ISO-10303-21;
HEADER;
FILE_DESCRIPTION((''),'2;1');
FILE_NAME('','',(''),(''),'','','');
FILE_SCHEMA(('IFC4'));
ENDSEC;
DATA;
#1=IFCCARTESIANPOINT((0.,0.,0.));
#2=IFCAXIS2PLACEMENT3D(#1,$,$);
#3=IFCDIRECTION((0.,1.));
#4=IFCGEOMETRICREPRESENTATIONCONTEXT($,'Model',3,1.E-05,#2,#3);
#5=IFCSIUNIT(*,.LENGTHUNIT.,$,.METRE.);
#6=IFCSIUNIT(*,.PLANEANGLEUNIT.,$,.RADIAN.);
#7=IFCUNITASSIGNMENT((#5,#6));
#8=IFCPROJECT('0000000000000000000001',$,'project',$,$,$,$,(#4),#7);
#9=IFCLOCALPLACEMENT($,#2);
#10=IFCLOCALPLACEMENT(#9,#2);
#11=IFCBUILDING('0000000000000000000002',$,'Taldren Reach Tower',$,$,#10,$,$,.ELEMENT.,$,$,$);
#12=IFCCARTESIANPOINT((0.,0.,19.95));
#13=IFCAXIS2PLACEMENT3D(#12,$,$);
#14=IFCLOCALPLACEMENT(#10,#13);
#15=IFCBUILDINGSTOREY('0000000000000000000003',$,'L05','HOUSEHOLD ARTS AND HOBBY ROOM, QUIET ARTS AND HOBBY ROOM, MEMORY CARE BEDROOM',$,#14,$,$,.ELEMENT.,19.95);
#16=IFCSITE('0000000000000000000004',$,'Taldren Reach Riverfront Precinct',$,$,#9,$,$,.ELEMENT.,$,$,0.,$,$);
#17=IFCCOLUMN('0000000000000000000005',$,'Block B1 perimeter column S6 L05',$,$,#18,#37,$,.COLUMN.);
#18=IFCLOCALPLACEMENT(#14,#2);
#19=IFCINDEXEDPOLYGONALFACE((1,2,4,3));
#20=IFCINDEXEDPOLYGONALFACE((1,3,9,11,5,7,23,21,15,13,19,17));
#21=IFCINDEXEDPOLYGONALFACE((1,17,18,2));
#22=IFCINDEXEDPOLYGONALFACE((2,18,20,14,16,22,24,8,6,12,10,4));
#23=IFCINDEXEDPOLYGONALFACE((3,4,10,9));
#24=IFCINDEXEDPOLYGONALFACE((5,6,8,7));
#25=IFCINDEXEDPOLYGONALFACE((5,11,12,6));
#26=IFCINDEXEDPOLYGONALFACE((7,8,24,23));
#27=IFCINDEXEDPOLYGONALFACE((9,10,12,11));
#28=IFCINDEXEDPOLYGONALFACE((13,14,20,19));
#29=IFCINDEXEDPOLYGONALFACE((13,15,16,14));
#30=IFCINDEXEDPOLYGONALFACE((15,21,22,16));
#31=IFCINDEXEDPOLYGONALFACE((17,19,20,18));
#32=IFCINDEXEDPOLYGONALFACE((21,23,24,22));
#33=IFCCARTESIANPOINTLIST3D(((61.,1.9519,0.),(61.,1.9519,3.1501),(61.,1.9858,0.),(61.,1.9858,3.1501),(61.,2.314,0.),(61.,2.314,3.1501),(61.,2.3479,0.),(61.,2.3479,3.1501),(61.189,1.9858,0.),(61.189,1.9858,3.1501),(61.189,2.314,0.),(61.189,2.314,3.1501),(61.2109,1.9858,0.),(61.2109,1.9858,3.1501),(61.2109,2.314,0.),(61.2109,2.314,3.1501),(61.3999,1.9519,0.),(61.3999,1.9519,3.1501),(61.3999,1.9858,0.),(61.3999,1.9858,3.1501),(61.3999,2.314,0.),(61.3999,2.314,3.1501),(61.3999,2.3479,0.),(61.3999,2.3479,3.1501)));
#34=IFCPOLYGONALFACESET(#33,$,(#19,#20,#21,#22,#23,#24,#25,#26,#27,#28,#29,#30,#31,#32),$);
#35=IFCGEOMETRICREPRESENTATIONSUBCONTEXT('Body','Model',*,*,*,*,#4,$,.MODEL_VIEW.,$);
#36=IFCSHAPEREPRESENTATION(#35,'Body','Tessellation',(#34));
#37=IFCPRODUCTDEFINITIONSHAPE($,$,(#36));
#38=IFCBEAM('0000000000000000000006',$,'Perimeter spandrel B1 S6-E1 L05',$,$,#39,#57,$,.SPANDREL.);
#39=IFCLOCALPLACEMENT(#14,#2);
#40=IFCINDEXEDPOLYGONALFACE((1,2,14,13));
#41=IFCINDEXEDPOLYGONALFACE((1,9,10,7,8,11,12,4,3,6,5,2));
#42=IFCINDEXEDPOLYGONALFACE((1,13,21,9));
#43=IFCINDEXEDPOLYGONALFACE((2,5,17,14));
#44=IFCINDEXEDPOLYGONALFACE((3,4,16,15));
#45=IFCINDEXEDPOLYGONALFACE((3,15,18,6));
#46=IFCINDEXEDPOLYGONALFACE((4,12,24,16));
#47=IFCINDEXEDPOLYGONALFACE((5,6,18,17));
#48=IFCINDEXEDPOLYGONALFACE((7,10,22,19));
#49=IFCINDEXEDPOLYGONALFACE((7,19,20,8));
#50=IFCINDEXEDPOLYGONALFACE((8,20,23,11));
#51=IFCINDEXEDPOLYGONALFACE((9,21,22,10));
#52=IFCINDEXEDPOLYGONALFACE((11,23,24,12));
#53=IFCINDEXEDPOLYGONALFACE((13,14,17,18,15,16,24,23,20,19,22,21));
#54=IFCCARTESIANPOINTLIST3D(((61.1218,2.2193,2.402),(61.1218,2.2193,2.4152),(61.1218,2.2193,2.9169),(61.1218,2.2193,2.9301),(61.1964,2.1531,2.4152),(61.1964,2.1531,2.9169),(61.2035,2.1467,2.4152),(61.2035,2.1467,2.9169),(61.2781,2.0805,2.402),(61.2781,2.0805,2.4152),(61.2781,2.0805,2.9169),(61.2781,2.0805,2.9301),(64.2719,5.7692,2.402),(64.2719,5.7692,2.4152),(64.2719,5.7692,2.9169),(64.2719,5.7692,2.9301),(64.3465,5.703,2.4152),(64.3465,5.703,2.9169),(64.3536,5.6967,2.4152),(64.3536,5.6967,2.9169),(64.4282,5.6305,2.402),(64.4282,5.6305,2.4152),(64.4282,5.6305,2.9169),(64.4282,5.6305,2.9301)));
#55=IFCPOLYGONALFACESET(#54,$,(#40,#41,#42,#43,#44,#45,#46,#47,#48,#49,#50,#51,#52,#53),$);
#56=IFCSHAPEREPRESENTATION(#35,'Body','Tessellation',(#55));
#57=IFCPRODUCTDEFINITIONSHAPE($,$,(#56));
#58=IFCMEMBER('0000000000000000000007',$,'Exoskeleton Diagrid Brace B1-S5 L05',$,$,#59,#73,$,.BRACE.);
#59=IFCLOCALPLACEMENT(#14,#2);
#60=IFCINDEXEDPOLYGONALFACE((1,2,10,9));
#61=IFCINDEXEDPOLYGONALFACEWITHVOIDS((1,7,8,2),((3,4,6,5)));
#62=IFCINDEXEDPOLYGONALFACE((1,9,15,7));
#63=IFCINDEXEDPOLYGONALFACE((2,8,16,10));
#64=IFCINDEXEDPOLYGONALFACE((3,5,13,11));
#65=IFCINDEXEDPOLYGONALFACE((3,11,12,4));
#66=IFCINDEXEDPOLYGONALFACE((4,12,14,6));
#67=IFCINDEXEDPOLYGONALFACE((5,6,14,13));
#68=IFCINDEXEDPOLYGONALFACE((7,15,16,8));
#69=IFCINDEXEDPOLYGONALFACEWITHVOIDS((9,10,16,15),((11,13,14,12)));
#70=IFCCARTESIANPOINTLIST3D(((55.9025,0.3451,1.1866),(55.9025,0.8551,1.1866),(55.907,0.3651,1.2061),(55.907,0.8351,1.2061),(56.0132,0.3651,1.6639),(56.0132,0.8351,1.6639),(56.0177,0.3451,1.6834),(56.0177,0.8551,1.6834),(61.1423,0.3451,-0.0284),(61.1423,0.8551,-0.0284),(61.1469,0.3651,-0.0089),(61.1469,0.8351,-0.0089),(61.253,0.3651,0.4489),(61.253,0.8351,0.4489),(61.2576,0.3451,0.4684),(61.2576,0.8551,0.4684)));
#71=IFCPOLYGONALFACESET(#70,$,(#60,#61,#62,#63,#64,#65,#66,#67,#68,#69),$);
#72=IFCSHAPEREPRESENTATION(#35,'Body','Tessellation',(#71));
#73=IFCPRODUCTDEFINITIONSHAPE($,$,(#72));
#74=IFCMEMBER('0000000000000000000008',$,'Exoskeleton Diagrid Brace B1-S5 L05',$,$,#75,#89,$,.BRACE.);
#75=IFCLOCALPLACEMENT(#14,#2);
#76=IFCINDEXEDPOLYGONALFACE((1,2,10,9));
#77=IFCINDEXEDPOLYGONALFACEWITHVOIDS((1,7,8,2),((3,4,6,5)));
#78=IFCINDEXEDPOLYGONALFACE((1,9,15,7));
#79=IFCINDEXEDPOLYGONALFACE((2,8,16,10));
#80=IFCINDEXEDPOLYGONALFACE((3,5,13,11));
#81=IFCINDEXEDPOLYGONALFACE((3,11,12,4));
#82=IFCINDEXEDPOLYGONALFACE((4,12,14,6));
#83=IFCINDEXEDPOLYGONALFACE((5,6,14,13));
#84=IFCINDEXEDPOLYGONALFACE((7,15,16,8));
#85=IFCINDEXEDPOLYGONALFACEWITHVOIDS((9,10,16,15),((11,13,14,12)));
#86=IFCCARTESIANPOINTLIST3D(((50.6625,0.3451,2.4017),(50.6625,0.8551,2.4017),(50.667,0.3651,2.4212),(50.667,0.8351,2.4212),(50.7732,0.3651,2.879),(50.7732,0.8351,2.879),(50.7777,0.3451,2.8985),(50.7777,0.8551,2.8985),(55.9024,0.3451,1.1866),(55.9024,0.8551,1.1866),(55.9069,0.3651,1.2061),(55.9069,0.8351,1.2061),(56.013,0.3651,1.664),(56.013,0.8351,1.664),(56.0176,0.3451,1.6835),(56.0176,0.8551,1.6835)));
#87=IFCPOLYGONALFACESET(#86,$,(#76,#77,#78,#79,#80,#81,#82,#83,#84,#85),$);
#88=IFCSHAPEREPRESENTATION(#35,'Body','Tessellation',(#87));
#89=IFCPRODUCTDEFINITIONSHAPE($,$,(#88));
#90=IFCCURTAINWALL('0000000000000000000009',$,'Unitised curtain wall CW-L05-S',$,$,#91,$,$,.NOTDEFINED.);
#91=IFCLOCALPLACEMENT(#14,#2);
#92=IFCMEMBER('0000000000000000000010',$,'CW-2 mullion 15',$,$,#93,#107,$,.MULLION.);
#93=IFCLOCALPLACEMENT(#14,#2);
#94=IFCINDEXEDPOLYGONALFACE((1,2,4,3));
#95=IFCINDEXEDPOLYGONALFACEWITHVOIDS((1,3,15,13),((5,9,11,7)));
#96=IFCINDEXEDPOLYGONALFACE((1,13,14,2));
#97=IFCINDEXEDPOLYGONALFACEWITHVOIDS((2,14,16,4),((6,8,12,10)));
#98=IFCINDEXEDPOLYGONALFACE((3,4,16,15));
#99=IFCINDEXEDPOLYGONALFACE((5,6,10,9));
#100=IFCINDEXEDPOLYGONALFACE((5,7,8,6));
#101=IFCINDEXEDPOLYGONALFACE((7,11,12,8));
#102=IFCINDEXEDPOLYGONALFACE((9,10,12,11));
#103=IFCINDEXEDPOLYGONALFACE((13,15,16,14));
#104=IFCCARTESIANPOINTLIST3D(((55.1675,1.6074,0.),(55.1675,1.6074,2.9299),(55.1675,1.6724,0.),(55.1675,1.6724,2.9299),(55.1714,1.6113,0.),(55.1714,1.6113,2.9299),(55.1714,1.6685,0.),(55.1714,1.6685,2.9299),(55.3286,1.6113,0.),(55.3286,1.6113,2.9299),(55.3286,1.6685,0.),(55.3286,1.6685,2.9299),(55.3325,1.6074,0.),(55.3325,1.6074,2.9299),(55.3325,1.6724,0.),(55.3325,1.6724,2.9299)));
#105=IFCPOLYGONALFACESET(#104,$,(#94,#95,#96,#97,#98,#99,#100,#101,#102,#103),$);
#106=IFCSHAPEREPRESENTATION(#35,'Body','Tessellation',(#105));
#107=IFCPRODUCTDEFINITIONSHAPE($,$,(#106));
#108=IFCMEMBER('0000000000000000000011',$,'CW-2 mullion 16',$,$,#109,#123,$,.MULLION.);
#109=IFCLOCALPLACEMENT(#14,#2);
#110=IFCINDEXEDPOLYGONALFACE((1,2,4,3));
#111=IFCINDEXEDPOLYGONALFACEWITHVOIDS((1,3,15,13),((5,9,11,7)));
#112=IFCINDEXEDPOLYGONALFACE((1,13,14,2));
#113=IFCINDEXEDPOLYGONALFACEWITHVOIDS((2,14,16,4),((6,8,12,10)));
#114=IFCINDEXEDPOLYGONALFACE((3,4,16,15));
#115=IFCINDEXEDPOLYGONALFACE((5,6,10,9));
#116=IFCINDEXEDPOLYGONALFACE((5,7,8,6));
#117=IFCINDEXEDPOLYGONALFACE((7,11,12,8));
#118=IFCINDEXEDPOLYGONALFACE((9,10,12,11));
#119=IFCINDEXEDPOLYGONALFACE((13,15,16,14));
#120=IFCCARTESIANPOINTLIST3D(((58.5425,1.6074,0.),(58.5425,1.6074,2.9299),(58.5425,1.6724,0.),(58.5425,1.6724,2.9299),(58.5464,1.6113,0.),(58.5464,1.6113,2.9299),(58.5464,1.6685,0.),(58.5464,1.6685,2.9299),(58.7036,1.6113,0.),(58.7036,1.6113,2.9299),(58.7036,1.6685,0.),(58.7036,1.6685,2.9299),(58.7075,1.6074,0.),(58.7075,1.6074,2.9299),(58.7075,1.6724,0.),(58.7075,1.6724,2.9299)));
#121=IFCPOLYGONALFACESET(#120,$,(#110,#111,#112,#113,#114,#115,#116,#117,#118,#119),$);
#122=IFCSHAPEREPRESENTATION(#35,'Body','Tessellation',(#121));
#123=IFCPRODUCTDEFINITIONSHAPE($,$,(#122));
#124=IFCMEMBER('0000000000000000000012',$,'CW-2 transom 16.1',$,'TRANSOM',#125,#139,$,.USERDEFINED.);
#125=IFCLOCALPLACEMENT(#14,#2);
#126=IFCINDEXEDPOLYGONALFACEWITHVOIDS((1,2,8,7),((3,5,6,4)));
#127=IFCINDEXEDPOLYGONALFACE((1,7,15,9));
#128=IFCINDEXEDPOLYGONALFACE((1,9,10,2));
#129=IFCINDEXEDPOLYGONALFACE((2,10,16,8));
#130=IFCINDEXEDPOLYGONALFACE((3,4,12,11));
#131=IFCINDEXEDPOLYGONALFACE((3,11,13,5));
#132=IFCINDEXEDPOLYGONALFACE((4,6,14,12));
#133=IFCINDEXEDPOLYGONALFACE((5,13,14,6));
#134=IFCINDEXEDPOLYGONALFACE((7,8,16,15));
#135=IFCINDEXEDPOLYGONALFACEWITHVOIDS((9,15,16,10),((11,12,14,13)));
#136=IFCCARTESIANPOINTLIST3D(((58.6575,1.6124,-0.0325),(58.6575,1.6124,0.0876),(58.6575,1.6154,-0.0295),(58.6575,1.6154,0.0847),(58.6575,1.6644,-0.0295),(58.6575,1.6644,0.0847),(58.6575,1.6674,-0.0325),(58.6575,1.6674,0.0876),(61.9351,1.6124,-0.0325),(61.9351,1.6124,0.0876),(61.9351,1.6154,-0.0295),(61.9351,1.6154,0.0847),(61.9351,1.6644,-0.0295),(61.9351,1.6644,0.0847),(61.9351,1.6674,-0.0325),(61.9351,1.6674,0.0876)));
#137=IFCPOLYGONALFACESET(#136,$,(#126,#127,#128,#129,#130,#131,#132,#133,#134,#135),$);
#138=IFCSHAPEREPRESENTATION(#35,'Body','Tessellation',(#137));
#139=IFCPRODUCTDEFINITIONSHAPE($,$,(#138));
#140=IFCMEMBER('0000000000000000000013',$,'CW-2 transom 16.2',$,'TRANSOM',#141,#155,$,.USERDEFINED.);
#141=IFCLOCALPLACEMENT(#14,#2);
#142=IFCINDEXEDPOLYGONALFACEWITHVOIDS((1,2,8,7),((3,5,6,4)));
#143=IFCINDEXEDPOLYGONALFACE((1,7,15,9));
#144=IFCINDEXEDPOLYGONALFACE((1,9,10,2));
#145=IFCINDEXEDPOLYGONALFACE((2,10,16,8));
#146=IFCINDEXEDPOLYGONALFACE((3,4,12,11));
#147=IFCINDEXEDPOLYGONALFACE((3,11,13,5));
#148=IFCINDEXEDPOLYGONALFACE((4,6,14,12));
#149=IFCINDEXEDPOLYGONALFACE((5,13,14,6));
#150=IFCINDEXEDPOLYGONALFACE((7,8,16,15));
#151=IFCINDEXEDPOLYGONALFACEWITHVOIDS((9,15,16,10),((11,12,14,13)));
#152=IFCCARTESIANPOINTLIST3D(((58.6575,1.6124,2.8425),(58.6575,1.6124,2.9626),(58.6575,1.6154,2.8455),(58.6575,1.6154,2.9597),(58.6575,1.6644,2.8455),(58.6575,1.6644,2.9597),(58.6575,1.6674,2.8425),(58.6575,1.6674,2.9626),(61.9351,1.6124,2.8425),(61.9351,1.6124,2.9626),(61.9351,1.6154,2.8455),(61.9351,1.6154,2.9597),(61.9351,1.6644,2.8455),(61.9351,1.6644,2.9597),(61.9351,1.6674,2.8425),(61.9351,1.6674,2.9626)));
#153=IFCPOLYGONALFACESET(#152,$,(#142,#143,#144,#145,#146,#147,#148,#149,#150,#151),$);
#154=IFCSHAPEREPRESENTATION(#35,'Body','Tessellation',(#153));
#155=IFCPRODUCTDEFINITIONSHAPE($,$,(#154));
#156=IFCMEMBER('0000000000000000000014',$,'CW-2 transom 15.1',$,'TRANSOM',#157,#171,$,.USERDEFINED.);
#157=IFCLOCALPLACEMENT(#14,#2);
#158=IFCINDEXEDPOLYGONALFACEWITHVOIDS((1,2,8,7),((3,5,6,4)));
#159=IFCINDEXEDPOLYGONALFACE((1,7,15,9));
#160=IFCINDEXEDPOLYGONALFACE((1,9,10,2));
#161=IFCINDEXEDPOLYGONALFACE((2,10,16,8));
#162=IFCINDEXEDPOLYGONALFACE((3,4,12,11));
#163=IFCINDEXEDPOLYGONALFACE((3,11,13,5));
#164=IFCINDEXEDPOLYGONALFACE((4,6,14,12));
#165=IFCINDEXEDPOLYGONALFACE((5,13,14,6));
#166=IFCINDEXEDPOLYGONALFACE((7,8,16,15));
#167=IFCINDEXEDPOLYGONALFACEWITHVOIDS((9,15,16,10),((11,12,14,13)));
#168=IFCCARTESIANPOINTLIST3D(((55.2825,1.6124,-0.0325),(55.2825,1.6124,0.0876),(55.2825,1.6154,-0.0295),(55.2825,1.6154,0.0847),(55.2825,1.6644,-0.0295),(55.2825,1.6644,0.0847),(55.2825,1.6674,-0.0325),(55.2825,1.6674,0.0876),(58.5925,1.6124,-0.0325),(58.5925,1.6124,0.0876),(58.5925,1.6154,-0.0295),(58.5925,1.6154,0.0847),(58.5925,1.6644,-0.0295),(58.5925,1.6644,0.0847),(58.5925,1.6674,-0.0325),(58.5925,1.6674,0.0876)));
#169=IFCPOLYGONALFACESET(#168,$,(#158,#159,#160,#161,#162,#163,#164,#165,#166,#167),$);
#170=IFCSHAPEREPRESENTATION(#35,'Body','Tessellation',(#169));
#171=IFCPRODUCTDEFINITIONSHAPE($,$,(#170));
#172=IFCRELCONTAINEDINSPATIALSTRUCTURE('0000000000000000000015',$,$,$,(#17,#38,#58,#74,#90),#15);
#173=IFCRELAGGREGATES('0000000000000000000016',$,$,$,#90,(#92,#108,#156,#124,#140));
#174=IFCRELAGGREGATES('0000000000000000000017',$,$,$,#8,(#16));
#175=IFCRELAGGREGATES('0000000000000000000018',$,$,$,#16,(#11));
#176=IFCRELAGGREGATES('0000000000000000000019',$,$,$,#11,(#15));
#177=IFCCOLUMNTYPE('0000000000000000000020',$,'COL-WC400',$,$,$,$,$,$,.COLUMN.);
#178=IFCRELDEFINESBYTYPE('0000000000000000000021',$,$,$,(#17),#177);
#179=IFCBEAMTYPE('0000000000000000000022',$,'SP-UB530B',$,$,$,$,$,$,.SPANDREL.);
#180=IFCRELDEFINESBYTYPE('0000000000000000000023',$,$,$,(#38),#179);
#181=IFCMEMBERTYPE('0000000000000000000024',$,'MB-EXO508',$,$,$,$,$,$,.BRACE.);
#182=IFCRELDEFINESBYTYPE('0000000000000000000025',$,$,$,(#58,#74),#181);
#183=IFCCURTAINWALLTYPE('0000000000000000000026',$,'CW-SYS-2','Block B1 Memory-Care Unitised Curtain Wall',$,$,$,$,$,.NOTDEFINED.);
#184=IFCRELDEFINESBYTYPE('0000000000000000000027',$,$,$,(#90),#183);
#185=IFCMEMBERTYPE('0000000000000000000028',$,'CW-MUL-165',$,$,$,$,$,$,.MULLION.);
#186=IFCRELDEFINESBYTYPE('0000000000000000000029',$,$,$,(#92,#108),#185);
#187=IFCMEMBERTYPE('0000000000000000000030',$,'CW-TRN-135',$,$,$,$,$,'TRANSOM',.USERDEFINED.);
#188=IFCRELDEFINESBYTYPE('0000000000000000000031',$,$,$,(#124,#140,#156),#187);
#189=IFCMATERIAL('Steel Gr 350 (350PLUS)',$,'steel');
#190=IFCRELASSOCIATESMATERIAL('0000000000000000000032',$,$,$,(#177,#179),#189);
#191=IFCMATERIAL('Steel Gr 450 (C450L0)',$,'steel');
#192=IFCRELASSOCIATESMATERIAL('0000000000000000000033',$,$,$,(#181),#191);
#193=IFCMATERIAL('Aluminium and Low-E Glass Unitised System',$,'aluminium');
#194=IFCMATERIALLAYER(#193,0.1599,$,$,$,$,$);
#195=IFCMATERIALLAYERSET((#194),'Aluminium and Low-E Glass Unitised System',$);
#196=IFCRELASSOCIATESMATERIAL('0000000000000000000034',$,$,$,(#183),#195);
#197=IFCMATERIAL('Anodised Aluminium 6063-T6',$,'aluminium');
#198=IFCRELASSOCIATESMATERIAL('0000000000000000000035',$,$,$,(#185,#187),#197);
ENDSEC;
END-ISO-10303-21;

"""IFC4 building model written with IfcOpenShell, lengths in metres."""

from ifc_helpers import new_model, si_unit, direction, frame, origin, origin_2d, place, context, subcontext, project, spatial, hollow_rectangle, i_section, extrude, source, transform, mapped, material, layer, layer_set, material_profile, profile_set, type_object, element, aggregate, save


model = new_model("IFC4")

# Units and contexts
model_context = context("Model", 3, precision=1e-05, world=origin(), true_north=direction((0.0, 1.0)))
body_context = subcontext(model_context, "Body", "Model", "MODEL_VIEW")
ifc_project = project(units=[si_unit("LENGTHUNIT", "METRE"), si_unit("PLANEANGLEUNIT", "RADIAN")], contexts=[model_context])

# Site, building, storey
site_placement = place(None, origin())
site = spatial("IfcSite", under=ifc_project, at=site_placement, Name="Taldren Reach Riverfront Precinct", CompositionType="ELEMENT", RefElevation=0.0)
building_placement = place(site_placement, origin())
building = spatial("IfcBuilding", under=site, at=building_placement, Name="Taldren Reach Tower", CompositionType="ELEMENT")
storey_placement = place(building_placement, frame((0.0, 0.0, 19.95)))
storey = spatial("IfcBuildingStorey", under=building, at=storey_placement, Name="L05", Description="HOUSEHOLD ARTS AND HOBBY ROOM, QUIET ARTS AND HOBBY ROOM, MEMORY CARE BEDROOM", CompositionType="ELEMENT", Elevation=19.95)

# Column
ifc_material_1 = material(Name="Steel Gr 350 (350PLUS)", Category="steel")
ifc_material_profile_1 = material_profile(ifc_material_1, i_section(OverallWidth=0.3999, OverallDepth=0.396, WebThickness=0.022, FlangeThickness=0.0339, at=origin_2d()), Name="400WC270")
ifc_profile_set_1 = profile_set([ifc_material_profile_1], Name="Steel Gr 350 (350PLUS)")
column_type = type_object("IfcColumnType", Name="COL-WC400", PredefinedType="COLUMN", material=ifc_profile_set_1)
shared_shape_1 = source(origin(), body_context, "Body", "SweptSolid", [
    extrude(i_section(OverallWidth=0.3999, OverallDepth=0.396, WebThickness=0.022, FlangeThickness=0.0339, at=origin_2d()), origin(), (0.0, 0.0, 1.0), 3.1501),
])
column_placement = place(storey_placement, frame((61.2, 2.1499, 0.0), z_axis=(0.0, 0.0, 1.0), x_axis=(1.0, 0.0, 0.0)))
element("IfcColumn", 1, at=column_placement, inside=storey, type_object=column_type, Name="Block B1 perimeter column S6 L05", PredefinedType="COLUMN", context=body_context, shape_type="MappedRepresentation", body=[
    mapped(shared_shape_1, transform((0.0, 0.0, 0.0), scale=1.0)),
])

# Beam
ifc_material_profile_2 = material_profile(ifc_material_1, i_section(OverallWidth=0.209, OverallDepth=0.5281, WebThickness=0.0095, FlangeThickness=0.0132, at=origin_2d()), Name="530UB82.0")
ifc_profile_set_2 = profile_set([ifc_material_profile_2], Name="Steel Gr 350 (350PLUS)")
beam_type = type_object("IfcBeamType", Name="SP-UB530B", PredefinedType="SPANDREL", material=ifc_profile_set_2)
shared_shape_2 = source(origin(), body_context, "Body", "SweptSolid", [
    extrude(i_section(OverallWidth=0.209, OverallDepth=0.5281, WebThickness=0.0095, FlangeThickness=0.0132, at=origin_2d()), origin(), (0.0, 0.0, 1.0), 4.7461),
])
beam_placement = place(storey_placement, frame((61.2, 2.1499, 2.666), z_axis=(0.663722, 0.747979, 0.0), x_axis=(-0.747979, 0.663722, 0.0)))
element("IfcBeam", 2, at=beam_placement, inside=storey, type_object=beam_type, Name="Perimeter spandrel B1 S6-E1 L05", PredefinedType="SPANDREL", context=body_context, shape_type="MappedRepresentation", body=[
    mapped(shared_shape_2, transform((0.0, 0.0, 0.0), scale=1.0)),
])

# Members
ifc_material_2 = material(Name="Steel Gr 450 (C450L0)", Category="steel")
ifc_material_profile_3 = material_profile(ifc_material_2, hollow_rectangle(XDim=0.51, YDim=0.51, WallThickness=0.02, at=origin_2d()), Name="510x510x20.0SHS")
ifc_profile_set_3 = profile_set([ifc_material_profile_3], Name="Steel Gr 450 (C450L0)")
member_type_1 = type_object("IfcMemberType", Name="MB-EXO508", PredefinedType="BRACE", material=ifc_profile_set_3)
shared_shape_3 = source(origin(), body_context, "Body", "SweptSolid", [
    extrude(hollow_rectangle(XDim=0.51, YDim=0.51, WallThickness=0.02, at=origin_2d()), origin(), (0.0, 0.0, 1.0), 5.3789),
])
for number, where, z_axis, x_axis, name in (
    (3, (61.2, 0.6001, 0.22), (-0.974152, 0.0, 0.225894), (0.0, -1.0, 0.0), "Exoskeleton Diagrid Brace B1-S5 L05"),
    (4, (55.96, 0.6001, 1.4351), (-0.974152, 0.0, 0.225894), (0.0, -1.0, 0.0), "Exoskeleton Diagrid Brace B1-S5 L05"),
):
    element("IfcMember", number, at=place(storey_placement, frame(where, z_axis=z_axis, x_axis=x_axis)), inside=storey, type_object=member_type_1, Name=name, PredefinedType="BRACE", context=body_context, shape_type="MappedRepresentation", body=[
        mapped(shared_shape_3, transform((0.0, 0.0, 0.0), scale=1.0)),
    ])

# Curtain wall, members
ifc_material_3 = material(Name="Aluminium and Low-E Glass Unitised System", Category="aluminium")
ifc_layer_1 = layer(ifc_material_3, 0.1599)
ifc_layer_set_1 = layer_set([ifc_layer_1], Name="Aluminium and Low-E Glass Unitised System")
curtain_wall_type = type_object("IfcCurtainWallType", Name="CW-SYS-2", Description="Block B1 Memory-Care Unitised Curtain Wall", PredefinedType="NOTDEFINED", material=ifc_layer_set_1)
curtain_wall_placement = place(storey_placement, origin())
curtain_wall = element("IfcCurtainWall", 5, at=curtain_wall_placement, inside=storey, type_object=curtain_wall_type, Name="Unitised curtain wall CW-L05-S", PredefinedType="NOTDEFINED")
ifc_material_4 = material(Name="Anodised Aluminium 6063-T6", Category="aluminium")
ifc_material_profile_4 = material_profile(ifc_material_4, hollow_rectangle(XDim=0.0649, YDim=0.165, WallThickness=0.0039, at=origin_2d()), Name="ALU-165x65x4RHS")
ifc_profile_set_4 = profile_set([ifc_material_profile_4], Name="Anodised Aluminium 6063-T6")
member_type_2 = type_object("IfcMemberType", Name="CW-MUL-165", PredefinedType="MULLION", material=ifc_profile_set_4)
shared_shape_4 = source(origin(), body_context, "Body", "SweptSolid", [
    extrude(hollow_rectangle(XDim=0.0649, YDim=0.165, WallThickness=0.0039, at=origin_2d()), origin(), (0.0, 0.0, 1.0), 2.9299),
])
member_1_placement = place(storey_placement, frame((55.25, 1.6399, 0.0), z_axis=(0.0, 0.0, 1.0), x_axis=(0.0, 1.0, 0.0)))
member_1 = element("IfcMember", 6, at=member_1_placement, type_object=member_type_2, Name="CW-2 mullion 15", PredefinedType="MULLION", context=body_context, shape_type="MappedRepresentation", body=[
    mapped(shared_shape_4, transform((0.0, 0.0, 0.0), scale=1.0)),
])
member_2_placement = place(storey_placement, frame((58.625, 1.6399, 0.0), z_axis=(0.0, 0.0, 1.0), x_axis=(0.0, 1.0, 0.0)))
member_2 = element("IfcMember", 7, at=member_2_placement, type_object=member_type_2, Name="CW-2 mullion 16", PredefinedType="MULLION", context=body_context, shape_type="MappedRepresentation", body=[
    mapped(shared_shape_4, transform((0.0, 0.0, 0.0), scale=1.0)),
])
ifc_material_profile_5 = material_profile(ifc_material_4, hollow_rectangle(XDim=0.0549, YDim=0.1201, WallThickness=0.0029, at=origin_2d()), Name="ALU-120x55x3RHS")
ifc_profile_set_5 = profile_set([ifc_material_profile_5], Name="Anodised Aluminium 6063-T6")
member_type_3 = type_object("IfcMemberType", Name="CW-TRN-135", ElementType="TRANSOM", PredefinedType="USERDEFINED", material=ifc_profile_set_5)
shared_shape_5 = source(origin(), body_context, "Body", "SweptSolid", [
    extrude(hollow_rectangle(XDim=0.0549, YDim=0.1201, WallThickness=0.0029, at=origin_2d()), origin(), (0.0, 0.0, 1.0), 3.2776),
])
member_3_placement = place(storey_placement, frame((58.6575, 1.6399, 0.0276), z_axis=(1.0, 0.0, 0.0), x_axis=(0.0, 1.0, 0.0)))
member_3 = element("IfcMember", 8, at=member_3_placement, type_object=member_type_3, Name="CW-2 transom 16.1", ObjectType="TRANSOM", PredefinedType="USERDEFINED", context=body_context, shape_type="MappedRepresentation", body=[
    mapped(shared_shape_5, transform((0.0, 0.0, 0.0), scale=1.0)),
])
member_4_placement = place(storey_placement, frame((58.6575, 1.6399, 2.9026), z_axis=(1.0, 0.0, 0.0), x_axis=(0.0, 1.0, 0.0)))
member_4 = element("IfcMember", 9, at=member_4_placement, type_object=member_type_3, Name="CW-2 transom 16.2", ObjectType="TRANSOM", PredefinedType="USERDEFINED", context=body_context, shape_type="MappedRepresentation", body=[
    mapped(shared_shape_5, transform((0.0, 0.0, 0.0), scale=1.0)),
])
shared_shape_6 = source(origin(), body_context, "Body", "SweptSolid", [
    extrude(hollow_rectangle(XDim=0.0549, YDim=0.1201, WallThickness=0.0029, at=origin_2d()), origin(), (0.0, 0.0, 1.0), 3.3101),
])
member_5_placement = place(storey_placement, frame((55.2825, 1.6399, 0.0276), z_axis=(1.0, 0.0, 0.0), x_axis=(0.0, 1.0, 0.0)))
member_5 = element("IfcMember", 10, at=member_5_placement, type_object=member_type_3, Name="CW-2 transom 15.1", ObjectType="TRANSOM", PredefinedType="USERDEFINED", context=body_context, shape_type="MappedRepresentation", body=[
    mapped(shared_shape_6, transform((0.0, 0.0, 0.0), scale=1.0)),
])

aggregate(curtain_wall, [member_1, member_2, member_5, member_3, member_4])

save(model, "model.ifc")
